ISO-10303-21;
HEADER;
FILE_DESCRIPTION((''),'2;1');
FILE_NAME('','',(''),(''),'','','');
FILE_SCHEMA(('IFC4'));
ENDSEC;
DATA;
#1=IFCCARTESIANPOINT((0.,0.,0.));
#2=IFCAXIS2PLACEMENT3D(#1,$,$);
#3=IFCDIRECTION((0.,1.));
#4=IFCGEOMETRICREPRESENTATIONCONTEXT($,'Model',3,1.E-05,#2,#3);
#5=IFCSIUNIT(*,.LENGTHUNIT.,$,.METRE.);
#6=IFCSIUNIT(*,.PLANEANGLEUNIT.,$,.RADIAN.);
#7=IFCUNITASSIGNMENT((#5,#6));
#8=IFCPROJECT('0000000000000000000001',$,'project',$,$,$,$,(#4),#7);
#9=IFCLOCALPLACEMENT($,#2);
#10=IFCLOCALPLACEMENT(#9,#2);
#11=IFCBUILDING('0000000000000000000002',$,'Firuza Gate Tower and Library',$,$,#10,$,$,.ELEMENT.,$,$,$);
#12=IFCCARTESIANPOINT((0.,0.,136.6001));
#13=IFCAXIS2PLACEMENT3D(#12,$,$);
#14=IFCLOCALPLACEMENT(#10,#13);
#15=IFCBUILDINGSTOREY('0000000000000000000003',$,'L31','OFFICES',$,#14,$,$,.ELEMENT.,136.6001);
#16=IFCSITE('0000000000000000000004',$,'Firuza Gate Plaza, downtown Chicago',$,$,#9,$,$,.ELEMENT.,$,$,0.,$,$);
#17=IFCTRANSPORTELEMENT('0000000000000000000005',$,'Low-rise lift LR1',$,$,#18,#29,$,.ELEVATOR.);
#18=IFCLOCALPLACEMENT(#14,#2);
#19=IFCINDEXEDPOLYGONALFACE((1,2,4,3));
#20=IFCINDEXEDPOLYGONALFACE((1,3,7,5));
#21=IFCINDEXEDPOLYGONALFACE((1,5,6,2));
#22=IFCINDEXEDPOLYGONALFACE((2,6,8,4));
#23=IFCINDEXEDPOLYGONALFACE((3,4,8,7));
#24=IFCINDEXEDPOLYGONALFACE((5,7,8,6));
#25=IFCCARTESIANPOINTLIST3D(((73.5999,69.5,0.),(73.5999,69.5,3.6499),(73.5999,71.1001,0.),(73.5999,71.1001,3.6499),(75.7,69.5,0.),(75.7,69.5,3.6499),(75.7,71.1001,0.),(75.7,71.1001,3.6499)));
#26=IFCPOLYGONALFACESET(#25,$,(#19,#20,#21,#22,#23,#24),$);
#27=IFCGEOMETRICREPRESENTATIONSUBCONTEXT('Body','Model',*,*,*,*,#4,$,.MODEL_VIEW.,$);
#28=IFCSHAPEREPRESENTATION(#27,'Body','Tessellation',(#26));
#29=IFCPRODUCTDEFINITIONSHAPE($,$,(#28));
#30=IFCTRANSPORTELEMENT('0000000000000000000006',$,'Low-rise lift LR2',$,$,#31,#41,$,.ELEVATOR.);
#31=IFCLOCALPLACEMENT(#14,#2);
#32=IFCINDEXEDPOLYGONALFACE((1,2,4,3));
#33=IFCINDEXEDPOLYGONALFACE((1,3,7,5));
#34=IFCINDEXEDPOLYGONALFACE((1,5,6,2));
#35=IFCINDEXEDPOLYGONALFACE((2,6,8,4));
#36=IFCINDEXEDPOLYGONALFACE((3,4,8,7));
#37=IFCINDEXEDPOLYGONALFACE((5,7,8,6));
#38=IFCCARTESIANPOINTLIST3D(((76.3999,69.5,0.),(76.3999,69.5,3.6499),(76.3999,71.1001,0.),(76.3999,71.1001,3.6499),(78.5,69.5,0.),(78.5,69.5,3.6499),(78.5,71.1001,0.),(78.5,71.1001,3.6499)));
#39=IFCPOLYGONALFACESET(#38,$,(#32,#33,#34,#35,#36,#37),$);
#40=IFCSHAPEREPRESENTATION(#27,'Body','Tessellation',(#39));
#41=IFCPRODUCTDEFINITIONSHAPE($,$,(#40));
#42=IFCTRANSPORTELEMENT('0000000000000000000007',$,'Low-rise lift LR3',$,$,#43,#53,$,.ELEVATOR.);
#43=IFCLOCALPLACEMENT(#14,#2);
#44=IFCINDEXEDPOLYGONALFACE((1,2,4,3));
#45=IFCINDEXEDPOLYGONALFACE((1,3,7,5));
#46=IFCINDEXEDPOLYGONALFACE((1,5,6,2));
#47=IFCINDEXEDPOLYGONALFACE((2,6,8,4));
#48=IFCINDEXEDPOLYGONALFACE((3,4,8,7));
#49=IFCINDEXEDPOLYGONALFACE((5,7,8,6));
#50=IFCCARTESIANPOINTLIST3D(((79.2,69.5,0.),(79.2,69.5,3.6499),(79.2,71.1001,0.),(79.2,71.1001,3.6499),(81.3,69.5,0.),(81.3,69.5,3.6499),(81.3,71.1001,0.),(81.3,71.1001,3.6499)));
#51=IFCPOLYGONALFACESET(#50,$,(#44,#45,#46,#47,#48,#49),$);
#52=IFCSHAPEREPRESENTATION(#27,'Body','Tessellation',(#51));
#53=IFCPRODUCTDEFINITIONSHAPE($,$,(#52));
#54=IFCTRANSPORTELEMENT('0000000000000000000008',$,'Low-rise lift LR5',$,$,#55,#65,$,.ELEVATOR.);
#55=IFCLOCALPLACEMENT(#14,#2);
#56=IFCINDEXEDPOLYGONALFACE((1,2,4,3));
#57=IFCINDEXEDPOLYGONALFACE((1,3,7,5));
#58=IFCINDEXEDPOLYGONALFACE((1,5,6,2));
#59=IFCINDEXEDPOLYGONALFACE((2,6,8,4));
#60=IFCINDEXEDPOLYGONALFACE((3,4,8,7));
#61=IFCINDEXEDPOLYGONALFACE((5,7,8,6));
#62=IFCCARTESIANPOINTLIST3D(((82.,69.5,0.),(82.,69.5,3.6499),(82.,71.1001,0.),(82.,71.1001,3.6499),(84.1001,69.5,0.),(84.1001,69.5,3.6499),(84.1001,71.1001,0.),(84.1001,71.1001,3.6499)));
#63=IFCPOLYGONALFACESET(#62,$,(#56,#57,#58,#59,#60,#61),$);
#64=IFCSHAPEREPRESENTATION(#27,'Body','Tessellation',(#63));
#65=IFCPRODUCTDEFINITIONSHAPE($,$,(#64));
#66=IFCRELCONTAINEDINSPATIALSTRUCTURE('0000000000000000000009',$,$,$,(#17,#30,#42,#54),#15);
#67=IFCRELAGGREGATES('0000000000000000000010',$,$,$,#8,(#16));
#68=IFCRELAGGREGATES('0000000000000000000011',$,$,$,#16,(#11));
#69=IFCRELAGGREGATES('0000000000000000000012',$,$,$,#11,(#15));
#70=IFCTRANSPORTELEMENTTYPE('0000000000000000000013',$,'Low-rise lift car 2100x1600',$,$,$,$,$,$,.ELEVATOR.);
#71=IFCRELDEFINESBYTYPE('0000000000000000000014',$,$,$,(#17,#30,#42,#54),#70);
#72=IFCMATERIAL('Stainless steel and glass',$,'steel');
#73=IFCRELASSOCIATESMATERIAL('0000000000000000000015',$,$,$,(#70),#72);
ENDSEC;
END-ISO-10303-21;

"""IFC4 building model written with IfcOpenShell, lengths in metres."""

from ifc_helpers import new_model, si_unit, direction, frame, origin, origin_2d, place, context, subcontext, project, spatial, rectangle, extrude, material, type_object, element, save


model = new_model("IFC4")

# Units and contexts
model_context = context("Model", 3, precision=1e-05, world=origin(), true_north=direction((0.0, 1.0)))
body_context = subcontext(model_context, "Body", "Model", "MODEL_VIEW")
ifc_project = project(units=[si_unit("LENGTHUNIT", "METRE"), si_unit("PLANEANGLEUNIT", "RADIAN")], contexts=[model_context])

# Site, building, storey
site_placement = place(None, origin())
site = spatial("IfcSite", under=ifc_project, at=site_placement, Name="Firuza Gate Plaza, downtown Chicago", CompositionType="ELEMENT", RefElevation=0.0)
building_placement = place(site_placement, origin())
building = spatial("IfcBuilding", under=site, at=building_placement, Name="Firuza Gate Tower and Library", CompositionType="ELEMENT")
storey_placement = place(building_placement, frame((0.0, 0.0, 136.6001)))
storey = spatial("IfcBuildingStorey", under=building, at=storey_placement, Name="L31", Description="OFFICES", CompositionType="ELEMENT", Elevation=136.6001)

# Transport elements
ifc_material_1 = material(Name="Stainless steel and glass", Category="steel")
transport_element_type = type_object("IfcTransportElementType", Name="Low-rise lift car 2100x1600", PredefinedType="ELEVATOR", material=ifc_material_1)
for number, where, z_axis, x_axis, name in (
    (1, (74.6499, 70.3, 0.0), (0.0, 0.0, 1.0), (1.0, 0.0, 0.0), "Low-rise lift LR1"),
    (2, (77.45, 70.3, 0.0), (0.0, 0.0, 1.0), (1.0, 0.0, 0.0), "Low-rise lift LR2"),
    (3, (80.25, 70.3, 0.0), (0.0, 0.0, 1.0), (1.0, 0.0, 0.0), "Low-rise lift LR3"),
    (4, (83.05, 70.3, 0.0), (0.0, 0.0, 1.0), (1.0, 0.0, 0.0), "Low-rise lift LR5"),
):
    element("IfcTransportElement", number, at=place(storey_placement, frame(where, z_axis=z_axis, x_axis=x_axis)), inside=storey, type_object=transport_element_type, Name=name, PredefinedType="ELEVATOR", context=body_context, shape_type="SweptSolid", body=[
        extrude(rectangle(XDim=2.1001, YDim=1.6001, at=origin_2d()), origin(), (0.0, 0.0, 1.0), 3.6499),
    ])

save(model, "model.ifc")
